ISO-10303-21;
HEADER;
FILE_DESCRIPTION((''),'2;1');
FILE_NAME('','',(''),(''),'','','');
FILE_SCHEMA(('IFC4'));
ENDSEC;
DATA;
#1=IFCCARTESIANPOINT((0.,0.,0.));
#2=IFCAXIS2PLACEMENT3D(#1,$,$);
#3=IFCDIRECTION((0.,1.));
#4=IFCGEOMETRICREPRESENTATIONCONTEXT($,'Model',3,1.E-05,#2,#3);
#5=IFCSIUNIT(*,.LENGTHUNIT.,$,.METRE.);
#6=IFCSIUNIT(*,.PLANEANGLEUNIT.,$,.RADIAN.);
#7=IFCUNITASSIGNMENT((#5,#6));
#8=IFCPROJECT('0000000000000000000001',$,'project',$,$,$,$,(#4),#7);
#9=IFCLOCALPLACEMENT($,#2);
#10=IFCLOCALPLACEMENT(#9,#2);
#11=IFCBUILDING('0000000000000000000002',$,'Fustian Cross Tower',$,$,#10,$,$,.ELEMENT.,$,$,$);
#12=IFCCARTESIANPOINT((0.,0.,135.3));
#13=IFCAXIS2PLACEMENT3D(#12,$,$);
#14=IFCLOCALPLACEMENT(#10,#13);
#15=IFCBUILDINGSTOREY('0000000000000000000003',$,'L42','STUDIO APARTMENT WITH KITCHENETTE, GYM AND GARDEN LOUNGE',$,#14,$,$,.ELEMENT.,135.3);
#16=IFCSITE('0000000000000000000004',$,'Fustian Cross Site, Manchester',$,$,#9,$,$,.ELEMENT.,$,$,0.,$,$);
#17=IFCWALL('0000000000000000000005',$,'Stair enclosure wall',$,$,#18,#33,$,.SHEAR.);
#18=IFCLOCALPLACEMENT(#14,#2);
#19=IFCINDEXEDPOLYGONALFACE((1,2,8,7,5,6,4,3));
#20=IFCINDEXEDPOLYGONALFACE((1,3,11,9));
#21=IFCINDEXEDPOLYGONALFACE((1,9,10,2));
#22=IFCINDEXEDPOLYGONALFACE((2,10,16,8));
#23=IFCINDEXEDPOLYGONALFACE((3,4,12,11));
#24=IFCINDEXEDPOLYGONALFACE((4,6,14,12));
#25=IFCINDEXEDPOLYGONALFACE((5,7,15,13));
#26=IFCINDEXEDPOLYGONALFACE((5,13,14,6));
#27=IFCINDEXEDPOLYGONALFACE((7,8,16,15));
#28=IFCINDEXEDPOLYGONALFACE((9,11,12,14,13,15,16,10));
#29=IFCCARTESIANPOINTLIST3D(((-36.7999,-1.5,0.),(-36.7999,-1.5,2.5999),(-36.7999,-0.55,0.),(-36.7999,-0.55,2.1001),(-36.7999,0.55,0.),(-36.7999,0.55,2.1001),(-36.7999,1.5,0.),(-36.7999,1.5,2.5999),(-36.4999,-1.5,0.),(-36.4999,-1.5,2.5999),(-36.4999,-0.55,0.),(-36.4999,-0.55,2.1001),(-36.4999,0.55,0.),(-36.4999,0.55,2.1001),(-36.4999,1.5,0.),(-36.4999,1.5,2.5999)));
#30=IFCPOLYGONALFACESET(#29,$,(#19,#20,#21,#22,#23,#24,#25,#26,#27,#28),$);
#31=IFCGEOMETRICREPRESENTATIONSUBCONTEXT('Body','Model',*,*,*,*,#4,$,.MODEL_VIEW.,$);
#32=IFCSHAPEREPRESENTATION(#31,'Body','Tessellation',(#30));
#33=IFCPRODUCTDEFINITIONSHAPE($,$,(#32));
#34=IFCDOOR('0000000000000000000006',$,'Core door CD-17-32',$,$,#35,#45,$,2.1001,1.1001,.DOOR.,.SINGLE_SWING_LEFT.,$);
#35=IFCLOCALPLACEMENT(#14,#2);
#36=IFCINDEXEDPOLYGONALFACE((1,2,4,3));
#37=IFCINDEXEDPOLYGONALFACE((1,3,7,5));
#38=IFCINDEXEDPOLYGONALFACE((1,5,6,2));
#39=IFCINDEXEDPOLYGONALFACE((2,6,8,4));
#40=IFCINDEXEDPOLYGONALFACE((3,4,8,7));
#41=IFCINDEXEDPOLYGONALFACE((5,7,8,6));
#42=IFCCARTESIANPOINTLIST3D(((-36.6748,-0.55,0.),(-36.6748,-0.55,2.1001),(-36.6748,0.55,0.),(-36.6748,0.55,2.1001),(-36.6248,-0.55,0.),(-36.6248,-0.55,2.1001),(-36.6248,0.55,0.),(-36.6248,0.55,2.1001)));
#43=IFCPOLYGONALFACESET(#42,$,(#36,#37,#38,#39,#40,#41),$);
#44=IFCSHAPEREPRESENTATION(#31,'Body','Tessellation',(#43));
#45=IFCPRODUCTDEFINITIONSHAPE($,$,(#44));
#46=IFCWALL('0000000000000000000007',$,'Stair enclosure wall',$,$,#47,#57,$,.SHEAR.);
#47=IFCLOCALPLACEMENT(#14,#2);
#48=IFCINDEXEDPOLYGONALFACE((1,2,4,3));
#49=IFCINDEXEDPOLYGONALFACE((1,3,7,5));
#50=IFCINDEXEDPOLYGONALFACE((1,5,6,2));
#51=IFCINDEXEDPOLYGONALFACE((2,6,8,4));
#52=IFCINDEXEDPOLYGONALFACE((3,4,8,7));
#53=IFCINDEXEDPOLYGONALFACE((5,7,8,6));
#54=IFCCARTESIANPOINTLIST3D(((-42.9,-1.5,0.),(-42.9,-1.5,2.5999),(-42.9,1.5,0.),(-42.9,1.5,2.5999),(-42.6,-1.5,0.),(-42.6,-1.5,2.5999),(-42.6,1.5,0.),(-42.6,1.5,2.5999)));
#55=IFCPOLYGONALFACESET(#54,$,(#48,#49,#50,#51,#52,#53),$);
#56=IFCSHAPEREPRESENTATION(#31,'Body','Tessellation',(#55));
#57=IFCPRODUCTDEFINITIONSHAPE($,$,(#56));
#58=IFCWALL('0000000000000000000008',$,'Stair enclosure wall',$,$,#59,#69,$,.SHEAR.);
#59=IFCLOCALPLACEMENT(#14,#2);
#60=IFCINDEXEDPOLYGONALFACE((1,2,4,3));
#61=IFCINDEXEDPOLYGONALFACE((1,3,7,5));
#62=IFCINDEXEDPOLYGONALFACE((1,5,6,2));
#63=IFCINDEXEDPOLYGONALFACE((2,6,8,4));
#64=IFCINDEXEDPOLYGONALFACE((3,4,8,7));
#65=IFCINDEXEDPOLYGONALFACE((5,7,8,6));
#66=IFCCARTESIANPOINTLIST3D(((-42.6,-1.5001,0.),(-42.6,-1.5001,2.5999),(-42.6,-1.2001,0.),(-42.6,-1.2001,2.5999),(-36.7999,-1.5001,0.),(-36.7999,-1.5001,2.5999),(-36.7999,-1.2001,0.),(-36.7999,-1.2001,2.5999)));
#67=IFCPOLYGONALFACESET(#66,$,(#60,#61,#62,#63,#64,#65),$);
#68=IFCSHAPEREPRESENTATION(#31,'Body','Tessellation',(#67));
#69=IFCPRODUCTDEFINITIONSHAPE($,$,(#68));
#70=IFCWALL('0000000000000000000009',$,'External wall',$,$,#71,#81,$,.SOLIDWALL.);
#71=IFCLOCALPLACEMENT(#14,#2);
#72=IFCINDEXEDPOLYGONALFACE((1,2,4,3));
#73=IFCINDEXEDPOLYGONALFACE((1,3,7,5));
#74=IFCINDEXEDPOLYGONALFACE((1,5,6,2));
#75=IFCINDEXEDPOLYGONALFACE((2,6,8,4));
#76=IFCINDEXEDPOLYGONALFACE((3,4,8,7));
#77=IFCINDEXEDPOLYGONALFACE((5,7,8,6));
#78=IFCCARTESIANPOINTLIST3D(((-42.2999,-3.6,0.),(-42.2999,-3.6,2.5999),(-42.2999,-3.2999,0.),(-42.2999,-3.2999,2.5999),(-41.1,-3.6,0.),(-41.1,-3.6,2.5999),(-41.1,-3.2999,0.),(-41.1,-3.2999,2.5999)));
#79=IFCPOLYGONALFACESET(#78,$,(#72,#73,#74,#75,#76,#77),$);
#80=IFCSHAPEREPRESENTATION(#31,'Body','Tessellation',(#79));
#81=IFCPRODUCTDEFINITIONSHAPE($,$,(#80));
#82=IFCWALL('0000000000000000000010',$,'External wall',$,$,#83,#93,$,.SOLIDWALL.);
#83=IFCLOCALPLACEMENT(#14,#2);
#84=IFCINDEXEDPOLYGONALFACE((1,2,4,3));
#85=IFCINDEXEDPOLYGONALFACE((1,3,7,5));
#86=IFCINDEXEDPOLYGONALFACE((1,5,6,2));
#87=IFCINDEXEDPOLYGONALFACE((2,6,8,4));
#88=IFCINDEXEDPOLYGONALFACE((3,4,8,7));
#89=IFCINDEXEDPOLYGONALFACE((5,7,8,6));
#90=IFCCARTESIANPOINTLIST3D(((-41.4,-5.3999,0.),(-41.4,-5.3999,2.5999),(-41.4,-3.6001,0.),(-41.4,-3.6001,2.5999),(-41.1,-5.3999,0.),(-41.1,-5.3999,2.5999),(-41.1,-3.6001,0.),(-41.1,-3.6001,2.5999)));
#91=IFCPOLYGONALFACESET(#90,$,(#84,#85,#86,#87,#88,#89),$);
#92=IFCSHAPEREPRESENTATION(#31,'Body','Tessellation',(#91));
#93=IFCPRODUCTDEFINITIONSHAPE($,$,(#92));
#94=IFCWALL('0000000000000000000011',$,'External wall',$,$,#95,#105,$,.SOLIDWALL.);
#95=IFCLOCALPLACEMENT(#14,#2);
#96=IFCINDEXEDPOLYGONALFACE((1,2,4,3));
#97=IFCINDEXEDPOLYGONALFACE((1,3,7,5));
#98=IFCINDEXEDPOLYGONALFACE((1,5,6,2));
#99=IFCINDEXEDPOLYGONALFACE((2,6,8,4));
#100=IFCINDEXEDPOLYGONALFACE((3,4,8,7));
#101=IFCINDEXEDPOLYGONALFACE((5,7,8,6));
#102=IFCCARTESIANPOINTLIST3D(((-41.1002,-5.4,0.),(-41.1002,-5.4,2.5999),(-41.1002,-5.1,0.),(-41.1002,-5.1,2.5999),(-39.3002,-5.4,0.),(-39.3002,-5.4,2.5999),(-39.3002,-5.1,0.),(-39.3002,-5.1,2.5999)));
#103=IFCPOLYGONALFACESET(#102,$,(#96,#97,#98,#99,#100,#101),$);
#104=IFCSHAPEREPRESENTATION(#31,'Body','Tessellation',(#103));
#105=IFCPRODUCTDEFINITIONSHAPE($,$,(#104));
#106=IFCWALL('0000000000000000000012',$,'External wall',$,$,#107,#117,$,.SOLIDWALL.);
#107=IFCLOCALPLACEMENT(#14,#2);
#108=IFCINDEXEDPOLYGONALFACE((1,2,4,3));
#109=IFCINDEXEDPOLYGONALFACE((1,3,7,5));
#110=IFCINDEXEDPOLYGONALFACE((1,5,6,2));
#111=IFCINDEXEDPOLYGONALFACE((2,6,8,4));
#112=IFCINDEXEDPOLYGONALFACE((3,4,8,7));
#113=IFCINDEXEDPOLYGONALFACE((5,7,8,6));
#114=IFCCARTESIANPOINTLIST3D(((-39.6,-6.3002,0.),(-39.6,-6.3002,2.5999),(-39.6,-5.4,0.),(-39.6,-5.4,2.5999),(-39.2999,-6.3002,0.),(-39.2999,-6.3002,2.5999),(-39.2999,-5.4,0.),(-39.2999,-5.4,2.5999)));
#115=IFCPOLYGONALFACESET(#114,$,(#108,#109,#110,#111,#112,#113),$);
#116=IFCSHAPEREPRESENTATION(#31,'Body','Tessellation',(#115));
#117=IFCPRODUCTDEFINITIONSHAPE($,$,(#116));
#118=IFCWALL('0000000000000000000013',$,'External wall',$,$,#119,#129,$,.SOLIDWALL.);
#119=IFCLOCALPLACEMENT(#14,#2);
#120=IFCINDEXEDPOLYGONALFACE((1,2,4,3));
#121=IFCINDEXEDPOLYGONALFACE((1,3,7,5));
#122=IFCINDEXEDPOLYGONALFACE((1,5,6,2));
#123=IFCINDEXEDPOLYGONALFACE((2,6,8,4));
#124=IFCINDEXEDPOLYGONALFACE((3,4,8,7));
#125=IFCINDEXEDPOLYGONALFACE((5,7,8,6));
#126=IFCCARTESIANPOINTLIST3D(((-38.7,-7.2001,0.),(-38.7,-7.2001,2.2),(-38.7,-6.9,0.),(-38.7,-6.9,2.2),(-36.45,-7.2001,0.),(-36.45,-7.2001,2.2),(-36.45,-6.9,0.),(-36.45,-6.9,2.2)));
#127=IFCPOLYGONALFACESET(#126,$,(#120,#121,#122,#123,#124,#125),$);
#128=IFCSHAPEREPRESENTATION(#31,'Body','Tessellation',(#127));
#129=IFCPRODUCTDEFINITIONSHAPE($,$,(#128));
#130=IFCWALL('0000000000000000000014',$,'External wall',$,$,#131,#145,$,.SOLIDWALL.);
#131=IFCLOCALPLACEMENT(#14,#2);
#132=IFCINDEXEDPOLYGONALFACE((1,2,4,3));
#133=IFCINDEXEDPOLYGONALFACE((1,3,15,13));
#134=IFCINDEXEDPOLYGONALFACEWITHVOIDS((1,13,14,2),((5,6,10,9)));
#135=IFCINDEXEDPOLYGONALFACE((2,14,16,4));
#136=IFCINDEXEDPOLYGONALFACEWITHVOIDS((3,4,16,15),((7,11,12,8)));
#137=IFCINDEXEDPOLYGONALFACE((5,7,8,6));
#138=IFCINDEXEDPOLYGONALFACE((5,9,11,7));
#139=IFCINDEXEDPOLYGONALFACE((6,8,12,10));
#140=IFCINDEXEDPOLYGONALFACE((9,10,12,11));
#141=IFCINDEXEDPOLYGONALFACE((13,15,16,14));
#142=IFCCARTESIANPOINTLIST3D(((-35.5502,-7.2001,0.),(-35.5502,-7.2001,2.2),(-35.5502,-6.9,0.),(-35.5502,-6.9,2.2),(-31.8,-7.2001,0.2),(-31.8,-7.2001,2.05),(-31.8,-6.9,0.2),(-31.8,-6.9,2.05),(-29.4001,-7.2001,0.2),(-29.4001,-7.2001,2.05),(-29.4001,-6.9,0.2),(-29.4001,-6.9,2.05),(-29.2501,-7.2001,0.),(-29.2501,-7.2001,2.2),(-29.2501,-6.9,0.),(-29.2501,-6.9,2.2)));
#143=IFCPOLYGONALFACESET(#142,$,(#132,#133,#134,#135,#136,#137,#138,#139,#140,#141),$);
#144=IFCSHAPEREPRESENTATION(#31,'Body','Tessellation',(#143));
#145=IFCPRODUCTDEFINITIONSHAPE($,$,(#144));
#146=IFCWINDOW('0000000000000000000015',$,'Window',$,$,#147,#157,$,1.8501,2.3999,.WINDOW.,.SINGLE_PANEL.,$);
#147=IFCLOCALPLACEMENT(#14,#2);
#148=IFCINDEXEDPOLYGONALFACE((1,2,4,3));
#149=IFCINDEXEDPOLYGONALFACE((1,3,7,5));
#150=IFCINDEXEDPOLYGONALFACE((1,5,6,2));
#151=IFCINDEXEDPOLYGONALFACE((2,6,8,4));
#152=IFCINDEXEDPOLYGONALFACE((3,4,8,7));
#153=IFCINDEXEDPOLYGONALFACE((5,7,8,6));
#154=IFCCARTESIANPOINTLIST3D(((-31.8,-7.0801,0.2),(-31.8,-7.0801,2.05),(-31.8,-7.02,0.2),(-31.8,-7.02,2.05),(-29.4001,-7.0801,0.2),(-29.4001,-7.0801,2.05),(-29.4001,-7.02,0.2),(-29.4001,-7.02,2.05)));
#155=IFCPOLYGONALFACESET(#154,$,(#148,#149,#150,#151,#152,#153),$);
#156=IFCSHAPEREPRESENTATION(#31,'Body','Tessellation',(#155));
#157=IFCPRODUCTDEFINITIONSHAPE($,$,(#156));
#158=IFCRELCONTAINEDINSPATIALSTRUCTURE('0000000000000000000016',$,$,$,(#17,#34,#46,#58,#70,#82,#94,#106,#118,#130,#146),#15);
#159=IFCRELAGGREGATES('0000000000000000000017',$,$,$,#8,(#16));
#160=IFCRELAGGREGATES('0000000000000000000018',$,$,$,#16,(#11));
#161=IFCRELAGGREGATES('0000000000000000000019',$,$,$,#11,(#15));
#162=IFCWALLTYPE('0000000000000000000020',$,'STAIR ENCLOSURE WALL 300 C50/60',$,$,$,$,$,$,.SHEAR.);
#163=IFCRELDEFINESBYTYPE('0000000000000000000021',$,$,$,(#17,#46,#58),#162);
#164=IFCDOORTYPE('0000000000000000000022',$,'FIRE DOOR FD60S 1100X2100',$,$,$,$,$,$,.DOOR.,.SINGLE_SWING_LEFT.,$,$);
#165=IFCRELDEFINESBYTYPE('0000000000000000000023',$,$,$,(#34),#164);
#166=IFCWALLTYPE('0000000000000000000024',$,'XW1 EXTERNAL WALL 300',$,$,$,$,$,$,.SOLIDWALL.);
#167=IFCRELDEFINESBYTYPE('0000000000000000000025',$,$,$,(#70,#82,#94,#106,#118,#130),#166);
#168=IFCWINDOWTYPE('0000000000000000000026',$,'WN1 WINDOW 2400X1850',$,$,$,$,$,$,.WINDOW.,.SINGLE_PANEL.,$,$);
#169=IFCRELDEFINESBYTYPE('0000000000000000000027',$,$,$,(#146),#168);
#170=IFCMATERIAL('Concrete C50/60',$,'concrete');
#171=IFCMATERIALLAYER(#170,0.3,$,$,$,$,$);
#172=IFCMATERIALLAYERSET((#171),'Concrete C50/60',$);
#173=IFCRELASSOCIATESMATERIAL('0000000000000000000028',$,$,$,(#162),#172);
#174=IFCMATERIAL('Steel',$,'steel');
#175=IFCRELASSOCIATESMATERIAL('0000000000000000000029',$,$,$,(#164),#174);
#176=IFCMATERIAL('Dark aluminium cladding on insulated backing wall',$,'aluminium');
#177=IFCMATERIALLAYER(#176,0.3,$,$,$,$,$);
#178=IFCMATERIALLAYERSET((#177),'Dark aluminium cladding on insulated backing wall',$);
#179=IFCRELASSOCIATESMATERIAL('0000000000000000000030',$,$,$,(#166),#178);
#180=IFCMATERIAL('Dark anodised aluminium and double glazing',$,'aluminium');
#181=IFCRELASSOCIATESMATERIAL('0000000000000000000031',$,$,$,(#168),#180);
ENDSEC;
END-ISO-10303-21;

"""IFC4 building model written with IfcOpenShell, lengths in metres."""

from ifc_helpers import new_model, si_unit, direction, frame, frame_2d, origin, place, context, subcontext, project, spatial, rectangle, extrude, material, layer, layer_set, type_object, element, fill, save


model = new_model("IFC4")

# Units and contexts
model_context = context("Model", 3, precision=1e-05, world=origin(), true_north=direction((0.0, 1.0)))
body_context = subcontext(model_context, "Body", "Model", "MODEL_VIEW")
ifc_project = project(units=[si_unit("LENGTHUNIT", "METRE"), si_unit("PLANEANGLEUNIT", "RADIAN")], contexts=[model_context])

# Site, building, storey
site_placement = place(None, origin())
site = spatial("IfcSite", under=ifc_project, at=site_placement, Name="Fustian Cross Site, Manchester", CompositionType="ELEMENT", RefElevation=0.0)
building_placement = place(site_placement, origin())
building = spatial("IfcBuilding", under=site, at=building_placement, Name="Fustian Cross Tower", CompositionType="ELEMENT")
storey_placement = place(building_placement, frame((0.0, 0.0, 135.3)))
storey = spatial("IfcBuildingStorey", under=building, at=storey_placement, Name="L42", Description="STUDIO APARTMENT WITH KITCHENETTE, GYM AND GARDEN LOUNGE", CompositionType="ELEMENT", Elevation=135.3)

# Wall, opening, door
ifc_material_1 = material(Name="Concrete C50/60", Category="concrete")
ifc_layer_1 = layer(ifc_material_1, 0.3)
ifc_layer_set_1 = layer_set([ifc_layer_1], Name="Concrete C50/60")
wall_type_1 = type_object("IfcWallType", Name="STAIR ENCLOSURE WALL 300 C50/60", PredefinedType="SHEAR", material=ifc_layer_set_1)
wall_1_placement = place(storey_placement, frame((-36.6499, -1.5, 0.0), z_axis=(0.0, 0.0, 1.0), x_axis=(0.0, 1.0, 0.0)))
wall_1 = element("IfcWall", 1, at=wall_1_placement, inside=storey, type_object=wall_type_1, Name="Stair enclosure wall", PredefinedType="SHEAR", context=body_context, shape_type="SweptSolid", body=[
    extrude(rectangle(XDim=3.0, YDim=0.3, at=frame_2d((1.5, 0.0))), origin(), (0.0, 0.0, 1.0), 2.5999),
])
opening_1_placement = place(wall_1_placement, frame((0.95, 0.0, 0.0)))
opening_1 = element("IfcOpeningElement", 2, at=opening_1_placement, cuts=wall_1, PredefinedType="OPENING", context=body_context, shape_type="SweptSolid", body=[
    extrude(rectangle(XDim=1.1001, YDim=2.1001, at=frame_2d((0.55, 1.05))), frame((0.0, 0.1599, 0.0), z_axis=(0.0, -1.0, 0.0), x_axis=(1.0, 0.0, 0.0)), (0.0, 0.0, 1.0), 0.3201),
])
ifc_material_2 = material(Name="Steel", Category="steel")
door_type_1 = type_object("IfcDoorType", Name="FIRE DOOR FD60S 1100X2100", OperationType="SINGLE_SWING_LEFT", PredefinedType="DOOR", material=ifc_material_2)
door_1_placement = place(opening_1_placement, origin())
door_1 = element("IfcDoor", 3, at=door_1_placement, inside=storey, type_object=door_type_1, Name="Core door CD-17-32", OperationType="SINGLE_SWING_LEFT", OverallHeight=2.1001, OverallWidth=1.1001, PredefinedType="DOOR", context=body_context, shape_type="SweptSolid", body=[
    extrude(rectangle(XDim=1.1001, YDim=2.1001, at=frame_2d((0.55, 1.05))), frame((0.0, 0.0249, 0.0), z_axis=(0.0, -1.0, 0.0), x_axis=(1.0, 0.0, 0.0)), (0.0, 0.0, 1.0), 0.05),
])
fill(opening_1, door_1)

# Walls
wall_2_placement = place(storey_placement, frame((-42.75, -1.5, 0.0), z_axis=(0.0, 0.0, 1.0), x_axis=(0.0, 1.0, 0.0)))
element("IfcWall", 4, at=wall_2_placement, inside=storey, type_object=wall_type_1, Name="Stair enclosure wall", PredefinedType="SHEAR", context=body_context, shape_type="SweptSolid", body=[
    extrude(rectangle(XDim=3.0, YDim=0.3, at=frame_2d((1.5, 0.0))), origin(), (0.0, 0.0, 1.0), 2.5999),
])
wall_3_placement = place(storey_placement, frame((-36.8, -1.3501, 0.0), z_axis=(0.0, 0.0, 1.0), x_axis=(-1.0, 0.0, 0.0)))
element("IfcWall", 5, at=wall_3_placement, inside=storey, type_object=wall_type_1, Name="Stair enclosure wall", PredefinedType="SHEAR", context=body_context, shape_type="SweptSolid", body=[
    extrude(rectangle(XDim=5.8, YDim=0.3, at=frame_2d((2.8999, 0.0))), origin(), (0.0, 0.0, 1.0), 2.5999),
])
ifc_material_3 = material(Name="Dark aluminium cladding on insulated backing wall", Category="aluminium")
ifc_layer_2 = layer(ifc_material_3, 0.3)
ifc_layer_set_2 = layer_set([ifc_layer_2], Name="Dark aluminium cladding on insulated backing wall")
wall_type_2 = type_object("IfcWallType", Name="XW1 EXTERNAL WALL 300", PredefinedType="SOLIDWALL", material=ifc_layer_set_2)
wall_4_placement = place(storey_placement, frame((-42.3, -3.45, 0.0), z_axis=(0.0, 0.0, 1.0), x_axis=(1.0, 0.0, 0.0)))
element("IfcWall", 6, at=wall_4_placement, inside=storey, type_object=wall_type_2, Name="External wall", PredefinedType="SOLIDWALL", context=body_context, shape_type="SweptSolid", body=[
    extrude(rectangle(XDim=1.2, YDim=0.3, at=frame_2d((0.6001, 0.0))), origin(), (0.0, 0.0, 1.0), 2.5999),
])
wall_5_placement = place(storey_placement, frame((-41.25, -3.6001, 0.0), z_axis=(0.0, 0.0, 1.0), x_axis=(0.0, -1.0, 0.0)))
element("IfcWall", 7, at=wall_5_placement, inside=storey, type_object=wall_type_2, Name="External wall", PredefinedType="SOLIDWALL", context=body_context, shape_type="SweptSolid", body=[
    extrude(rectangle(XDim=1.7998, YDim=0.3, at=frame_2d((0.8999, 0.0))), origin(), (0.0, 0.0, 1.0), 2.5999),
])
wall_6_placement = place(storey_placement, frame((-41.1001, -5.25, 0.0), z_axis=(0.0, 0.0, 1.0), x_axis=(1.0, 0.0, 0.0)))
element("IfcWall", 8, at=wall_6_placement, inside=storey, type_object=wall_type_2, Name="External wall", PredefinedType="SOLIDWALL", context=body_context, shape_type="SweptSolid", body=[
    extrude(rectangle(XDim=1.8, YDim=0.3, at=frame_2d((0.8999, 0.0))), origin(), (0.0, 0.0, 1.0), 2.5999),
])
wall_7_placement = place(storey_placement, frame((-39.45, -5.3999, 0.0), z_axis=(0.0, 0.0, 1.0), x_axis=(0.0, -1.0, 0.0)))
element("IfcWall", 9, at=wall_7_placement, inside=storey, type_object=wall_type_2, Name="External wall", PredefinedType="SOLIDWALL", context=body_context, shape_type="SweptSolid", body=[
    extrude(rectangle(XDim=0.9001, YDim=0.3, at=frame_2d((0.4502, 0.0))), origin(), (0.0, 0.0, 1.0), 2.5999),
])
wall_8_placement = place(storey_placement, frame((-38.7, -7.05, 0.0), z_axis=(0.0, 0.0, 1.0), x_axis=(1.0, 0.0, 0.0)))
element("IfcWall", 10, at=wall_8_placement, inside=storey, type_object=wall_type_2, Name="External wall", PredefinedType="SOLIDWALL", context=body_context, shape_type="SweptSolid", body=[
    extrude(rectangle(XDim=2.25, YDim=0.3, at=frame_2d((1.125, 0.0))), origin(), (0.0, 0.0, 1.0), 2.2),
])

# Wall, opening, window
wall_9_placement = place(storey_placement, frame((-35.55, -7.05, 0.0), z_axis=(0.0, 0.0, 1.0), x_axis=(1.0, 0.0, 0.0)))
wall_9 = element("IfcWall", 11, at=wall_9_placement, inside=storey, type_object=wall_type_2, Name="External wall", PredefinedType="SOLIDWALL", context=body_context, shape_type="SweptSolid", body=[
    extrude(rectangle(XDim=6.3, YDim=0.3, at=frame_2d((3.1499, 0.0))), origin(), (0.0, 0.0, 1.0), 2.2),
])
opening_2_placement = place(wall_9_placement, frame((3.75, 0.0, 0.2)))
opening_2 = element("IfcOpeningElement", 12, at=opening_2_placement, cuts=wall_9, PredefinedType="OPENING", context=body_context, shape_type="SweptSolid", body=[
    extrude(rectangle(XDim=2.3999, YDim=1.8501, at=frame_2d((1.2, 0.925))), frame((0.0, 0.1599, 0.0), z_axis=(0.0, -1.0, 0.0), x_axis=(1.0, 0.0, 0.0)), (0.0, 0.0, 1.0), 0.3201),
])
ifc_material_4 = material(Name="Dark anodised aluminium and double glazing", Category="aluminium")
window_type = type_object("IfcWindowType", Name="WN1 WINDOW 2400X1850", PartitioningType="SINGLE_PANEL", PredefinedType="WINDOW", material=ifc_material_4)
window_placement = place(opening_2_placement, origin())
window = element("IfcWindow", 13, at=window_placement, inside=storey, type_object=window_type, Name="Window", OverallHeight=1.8501, OverallWidth=2.3999, PartitioningType="SINGLE_PANEL", PredefinedType="WINDOW", context=body_context, shape_type="SweptSolid", body=[
    extrude(rectangle(XDim=2.3999, YDim=1.8501, at=frame_2d((1.2, 0.925))), frame((0.0, 0.03, 0.0), z_axis=(0.0, -1.0, 0.0), x_axis=(1.0, 0.0, 0.0)), (0.0, 0.0, 1.0), 0.0601),
])
fill(opening_2, window)

save(model, "model.ifc")
